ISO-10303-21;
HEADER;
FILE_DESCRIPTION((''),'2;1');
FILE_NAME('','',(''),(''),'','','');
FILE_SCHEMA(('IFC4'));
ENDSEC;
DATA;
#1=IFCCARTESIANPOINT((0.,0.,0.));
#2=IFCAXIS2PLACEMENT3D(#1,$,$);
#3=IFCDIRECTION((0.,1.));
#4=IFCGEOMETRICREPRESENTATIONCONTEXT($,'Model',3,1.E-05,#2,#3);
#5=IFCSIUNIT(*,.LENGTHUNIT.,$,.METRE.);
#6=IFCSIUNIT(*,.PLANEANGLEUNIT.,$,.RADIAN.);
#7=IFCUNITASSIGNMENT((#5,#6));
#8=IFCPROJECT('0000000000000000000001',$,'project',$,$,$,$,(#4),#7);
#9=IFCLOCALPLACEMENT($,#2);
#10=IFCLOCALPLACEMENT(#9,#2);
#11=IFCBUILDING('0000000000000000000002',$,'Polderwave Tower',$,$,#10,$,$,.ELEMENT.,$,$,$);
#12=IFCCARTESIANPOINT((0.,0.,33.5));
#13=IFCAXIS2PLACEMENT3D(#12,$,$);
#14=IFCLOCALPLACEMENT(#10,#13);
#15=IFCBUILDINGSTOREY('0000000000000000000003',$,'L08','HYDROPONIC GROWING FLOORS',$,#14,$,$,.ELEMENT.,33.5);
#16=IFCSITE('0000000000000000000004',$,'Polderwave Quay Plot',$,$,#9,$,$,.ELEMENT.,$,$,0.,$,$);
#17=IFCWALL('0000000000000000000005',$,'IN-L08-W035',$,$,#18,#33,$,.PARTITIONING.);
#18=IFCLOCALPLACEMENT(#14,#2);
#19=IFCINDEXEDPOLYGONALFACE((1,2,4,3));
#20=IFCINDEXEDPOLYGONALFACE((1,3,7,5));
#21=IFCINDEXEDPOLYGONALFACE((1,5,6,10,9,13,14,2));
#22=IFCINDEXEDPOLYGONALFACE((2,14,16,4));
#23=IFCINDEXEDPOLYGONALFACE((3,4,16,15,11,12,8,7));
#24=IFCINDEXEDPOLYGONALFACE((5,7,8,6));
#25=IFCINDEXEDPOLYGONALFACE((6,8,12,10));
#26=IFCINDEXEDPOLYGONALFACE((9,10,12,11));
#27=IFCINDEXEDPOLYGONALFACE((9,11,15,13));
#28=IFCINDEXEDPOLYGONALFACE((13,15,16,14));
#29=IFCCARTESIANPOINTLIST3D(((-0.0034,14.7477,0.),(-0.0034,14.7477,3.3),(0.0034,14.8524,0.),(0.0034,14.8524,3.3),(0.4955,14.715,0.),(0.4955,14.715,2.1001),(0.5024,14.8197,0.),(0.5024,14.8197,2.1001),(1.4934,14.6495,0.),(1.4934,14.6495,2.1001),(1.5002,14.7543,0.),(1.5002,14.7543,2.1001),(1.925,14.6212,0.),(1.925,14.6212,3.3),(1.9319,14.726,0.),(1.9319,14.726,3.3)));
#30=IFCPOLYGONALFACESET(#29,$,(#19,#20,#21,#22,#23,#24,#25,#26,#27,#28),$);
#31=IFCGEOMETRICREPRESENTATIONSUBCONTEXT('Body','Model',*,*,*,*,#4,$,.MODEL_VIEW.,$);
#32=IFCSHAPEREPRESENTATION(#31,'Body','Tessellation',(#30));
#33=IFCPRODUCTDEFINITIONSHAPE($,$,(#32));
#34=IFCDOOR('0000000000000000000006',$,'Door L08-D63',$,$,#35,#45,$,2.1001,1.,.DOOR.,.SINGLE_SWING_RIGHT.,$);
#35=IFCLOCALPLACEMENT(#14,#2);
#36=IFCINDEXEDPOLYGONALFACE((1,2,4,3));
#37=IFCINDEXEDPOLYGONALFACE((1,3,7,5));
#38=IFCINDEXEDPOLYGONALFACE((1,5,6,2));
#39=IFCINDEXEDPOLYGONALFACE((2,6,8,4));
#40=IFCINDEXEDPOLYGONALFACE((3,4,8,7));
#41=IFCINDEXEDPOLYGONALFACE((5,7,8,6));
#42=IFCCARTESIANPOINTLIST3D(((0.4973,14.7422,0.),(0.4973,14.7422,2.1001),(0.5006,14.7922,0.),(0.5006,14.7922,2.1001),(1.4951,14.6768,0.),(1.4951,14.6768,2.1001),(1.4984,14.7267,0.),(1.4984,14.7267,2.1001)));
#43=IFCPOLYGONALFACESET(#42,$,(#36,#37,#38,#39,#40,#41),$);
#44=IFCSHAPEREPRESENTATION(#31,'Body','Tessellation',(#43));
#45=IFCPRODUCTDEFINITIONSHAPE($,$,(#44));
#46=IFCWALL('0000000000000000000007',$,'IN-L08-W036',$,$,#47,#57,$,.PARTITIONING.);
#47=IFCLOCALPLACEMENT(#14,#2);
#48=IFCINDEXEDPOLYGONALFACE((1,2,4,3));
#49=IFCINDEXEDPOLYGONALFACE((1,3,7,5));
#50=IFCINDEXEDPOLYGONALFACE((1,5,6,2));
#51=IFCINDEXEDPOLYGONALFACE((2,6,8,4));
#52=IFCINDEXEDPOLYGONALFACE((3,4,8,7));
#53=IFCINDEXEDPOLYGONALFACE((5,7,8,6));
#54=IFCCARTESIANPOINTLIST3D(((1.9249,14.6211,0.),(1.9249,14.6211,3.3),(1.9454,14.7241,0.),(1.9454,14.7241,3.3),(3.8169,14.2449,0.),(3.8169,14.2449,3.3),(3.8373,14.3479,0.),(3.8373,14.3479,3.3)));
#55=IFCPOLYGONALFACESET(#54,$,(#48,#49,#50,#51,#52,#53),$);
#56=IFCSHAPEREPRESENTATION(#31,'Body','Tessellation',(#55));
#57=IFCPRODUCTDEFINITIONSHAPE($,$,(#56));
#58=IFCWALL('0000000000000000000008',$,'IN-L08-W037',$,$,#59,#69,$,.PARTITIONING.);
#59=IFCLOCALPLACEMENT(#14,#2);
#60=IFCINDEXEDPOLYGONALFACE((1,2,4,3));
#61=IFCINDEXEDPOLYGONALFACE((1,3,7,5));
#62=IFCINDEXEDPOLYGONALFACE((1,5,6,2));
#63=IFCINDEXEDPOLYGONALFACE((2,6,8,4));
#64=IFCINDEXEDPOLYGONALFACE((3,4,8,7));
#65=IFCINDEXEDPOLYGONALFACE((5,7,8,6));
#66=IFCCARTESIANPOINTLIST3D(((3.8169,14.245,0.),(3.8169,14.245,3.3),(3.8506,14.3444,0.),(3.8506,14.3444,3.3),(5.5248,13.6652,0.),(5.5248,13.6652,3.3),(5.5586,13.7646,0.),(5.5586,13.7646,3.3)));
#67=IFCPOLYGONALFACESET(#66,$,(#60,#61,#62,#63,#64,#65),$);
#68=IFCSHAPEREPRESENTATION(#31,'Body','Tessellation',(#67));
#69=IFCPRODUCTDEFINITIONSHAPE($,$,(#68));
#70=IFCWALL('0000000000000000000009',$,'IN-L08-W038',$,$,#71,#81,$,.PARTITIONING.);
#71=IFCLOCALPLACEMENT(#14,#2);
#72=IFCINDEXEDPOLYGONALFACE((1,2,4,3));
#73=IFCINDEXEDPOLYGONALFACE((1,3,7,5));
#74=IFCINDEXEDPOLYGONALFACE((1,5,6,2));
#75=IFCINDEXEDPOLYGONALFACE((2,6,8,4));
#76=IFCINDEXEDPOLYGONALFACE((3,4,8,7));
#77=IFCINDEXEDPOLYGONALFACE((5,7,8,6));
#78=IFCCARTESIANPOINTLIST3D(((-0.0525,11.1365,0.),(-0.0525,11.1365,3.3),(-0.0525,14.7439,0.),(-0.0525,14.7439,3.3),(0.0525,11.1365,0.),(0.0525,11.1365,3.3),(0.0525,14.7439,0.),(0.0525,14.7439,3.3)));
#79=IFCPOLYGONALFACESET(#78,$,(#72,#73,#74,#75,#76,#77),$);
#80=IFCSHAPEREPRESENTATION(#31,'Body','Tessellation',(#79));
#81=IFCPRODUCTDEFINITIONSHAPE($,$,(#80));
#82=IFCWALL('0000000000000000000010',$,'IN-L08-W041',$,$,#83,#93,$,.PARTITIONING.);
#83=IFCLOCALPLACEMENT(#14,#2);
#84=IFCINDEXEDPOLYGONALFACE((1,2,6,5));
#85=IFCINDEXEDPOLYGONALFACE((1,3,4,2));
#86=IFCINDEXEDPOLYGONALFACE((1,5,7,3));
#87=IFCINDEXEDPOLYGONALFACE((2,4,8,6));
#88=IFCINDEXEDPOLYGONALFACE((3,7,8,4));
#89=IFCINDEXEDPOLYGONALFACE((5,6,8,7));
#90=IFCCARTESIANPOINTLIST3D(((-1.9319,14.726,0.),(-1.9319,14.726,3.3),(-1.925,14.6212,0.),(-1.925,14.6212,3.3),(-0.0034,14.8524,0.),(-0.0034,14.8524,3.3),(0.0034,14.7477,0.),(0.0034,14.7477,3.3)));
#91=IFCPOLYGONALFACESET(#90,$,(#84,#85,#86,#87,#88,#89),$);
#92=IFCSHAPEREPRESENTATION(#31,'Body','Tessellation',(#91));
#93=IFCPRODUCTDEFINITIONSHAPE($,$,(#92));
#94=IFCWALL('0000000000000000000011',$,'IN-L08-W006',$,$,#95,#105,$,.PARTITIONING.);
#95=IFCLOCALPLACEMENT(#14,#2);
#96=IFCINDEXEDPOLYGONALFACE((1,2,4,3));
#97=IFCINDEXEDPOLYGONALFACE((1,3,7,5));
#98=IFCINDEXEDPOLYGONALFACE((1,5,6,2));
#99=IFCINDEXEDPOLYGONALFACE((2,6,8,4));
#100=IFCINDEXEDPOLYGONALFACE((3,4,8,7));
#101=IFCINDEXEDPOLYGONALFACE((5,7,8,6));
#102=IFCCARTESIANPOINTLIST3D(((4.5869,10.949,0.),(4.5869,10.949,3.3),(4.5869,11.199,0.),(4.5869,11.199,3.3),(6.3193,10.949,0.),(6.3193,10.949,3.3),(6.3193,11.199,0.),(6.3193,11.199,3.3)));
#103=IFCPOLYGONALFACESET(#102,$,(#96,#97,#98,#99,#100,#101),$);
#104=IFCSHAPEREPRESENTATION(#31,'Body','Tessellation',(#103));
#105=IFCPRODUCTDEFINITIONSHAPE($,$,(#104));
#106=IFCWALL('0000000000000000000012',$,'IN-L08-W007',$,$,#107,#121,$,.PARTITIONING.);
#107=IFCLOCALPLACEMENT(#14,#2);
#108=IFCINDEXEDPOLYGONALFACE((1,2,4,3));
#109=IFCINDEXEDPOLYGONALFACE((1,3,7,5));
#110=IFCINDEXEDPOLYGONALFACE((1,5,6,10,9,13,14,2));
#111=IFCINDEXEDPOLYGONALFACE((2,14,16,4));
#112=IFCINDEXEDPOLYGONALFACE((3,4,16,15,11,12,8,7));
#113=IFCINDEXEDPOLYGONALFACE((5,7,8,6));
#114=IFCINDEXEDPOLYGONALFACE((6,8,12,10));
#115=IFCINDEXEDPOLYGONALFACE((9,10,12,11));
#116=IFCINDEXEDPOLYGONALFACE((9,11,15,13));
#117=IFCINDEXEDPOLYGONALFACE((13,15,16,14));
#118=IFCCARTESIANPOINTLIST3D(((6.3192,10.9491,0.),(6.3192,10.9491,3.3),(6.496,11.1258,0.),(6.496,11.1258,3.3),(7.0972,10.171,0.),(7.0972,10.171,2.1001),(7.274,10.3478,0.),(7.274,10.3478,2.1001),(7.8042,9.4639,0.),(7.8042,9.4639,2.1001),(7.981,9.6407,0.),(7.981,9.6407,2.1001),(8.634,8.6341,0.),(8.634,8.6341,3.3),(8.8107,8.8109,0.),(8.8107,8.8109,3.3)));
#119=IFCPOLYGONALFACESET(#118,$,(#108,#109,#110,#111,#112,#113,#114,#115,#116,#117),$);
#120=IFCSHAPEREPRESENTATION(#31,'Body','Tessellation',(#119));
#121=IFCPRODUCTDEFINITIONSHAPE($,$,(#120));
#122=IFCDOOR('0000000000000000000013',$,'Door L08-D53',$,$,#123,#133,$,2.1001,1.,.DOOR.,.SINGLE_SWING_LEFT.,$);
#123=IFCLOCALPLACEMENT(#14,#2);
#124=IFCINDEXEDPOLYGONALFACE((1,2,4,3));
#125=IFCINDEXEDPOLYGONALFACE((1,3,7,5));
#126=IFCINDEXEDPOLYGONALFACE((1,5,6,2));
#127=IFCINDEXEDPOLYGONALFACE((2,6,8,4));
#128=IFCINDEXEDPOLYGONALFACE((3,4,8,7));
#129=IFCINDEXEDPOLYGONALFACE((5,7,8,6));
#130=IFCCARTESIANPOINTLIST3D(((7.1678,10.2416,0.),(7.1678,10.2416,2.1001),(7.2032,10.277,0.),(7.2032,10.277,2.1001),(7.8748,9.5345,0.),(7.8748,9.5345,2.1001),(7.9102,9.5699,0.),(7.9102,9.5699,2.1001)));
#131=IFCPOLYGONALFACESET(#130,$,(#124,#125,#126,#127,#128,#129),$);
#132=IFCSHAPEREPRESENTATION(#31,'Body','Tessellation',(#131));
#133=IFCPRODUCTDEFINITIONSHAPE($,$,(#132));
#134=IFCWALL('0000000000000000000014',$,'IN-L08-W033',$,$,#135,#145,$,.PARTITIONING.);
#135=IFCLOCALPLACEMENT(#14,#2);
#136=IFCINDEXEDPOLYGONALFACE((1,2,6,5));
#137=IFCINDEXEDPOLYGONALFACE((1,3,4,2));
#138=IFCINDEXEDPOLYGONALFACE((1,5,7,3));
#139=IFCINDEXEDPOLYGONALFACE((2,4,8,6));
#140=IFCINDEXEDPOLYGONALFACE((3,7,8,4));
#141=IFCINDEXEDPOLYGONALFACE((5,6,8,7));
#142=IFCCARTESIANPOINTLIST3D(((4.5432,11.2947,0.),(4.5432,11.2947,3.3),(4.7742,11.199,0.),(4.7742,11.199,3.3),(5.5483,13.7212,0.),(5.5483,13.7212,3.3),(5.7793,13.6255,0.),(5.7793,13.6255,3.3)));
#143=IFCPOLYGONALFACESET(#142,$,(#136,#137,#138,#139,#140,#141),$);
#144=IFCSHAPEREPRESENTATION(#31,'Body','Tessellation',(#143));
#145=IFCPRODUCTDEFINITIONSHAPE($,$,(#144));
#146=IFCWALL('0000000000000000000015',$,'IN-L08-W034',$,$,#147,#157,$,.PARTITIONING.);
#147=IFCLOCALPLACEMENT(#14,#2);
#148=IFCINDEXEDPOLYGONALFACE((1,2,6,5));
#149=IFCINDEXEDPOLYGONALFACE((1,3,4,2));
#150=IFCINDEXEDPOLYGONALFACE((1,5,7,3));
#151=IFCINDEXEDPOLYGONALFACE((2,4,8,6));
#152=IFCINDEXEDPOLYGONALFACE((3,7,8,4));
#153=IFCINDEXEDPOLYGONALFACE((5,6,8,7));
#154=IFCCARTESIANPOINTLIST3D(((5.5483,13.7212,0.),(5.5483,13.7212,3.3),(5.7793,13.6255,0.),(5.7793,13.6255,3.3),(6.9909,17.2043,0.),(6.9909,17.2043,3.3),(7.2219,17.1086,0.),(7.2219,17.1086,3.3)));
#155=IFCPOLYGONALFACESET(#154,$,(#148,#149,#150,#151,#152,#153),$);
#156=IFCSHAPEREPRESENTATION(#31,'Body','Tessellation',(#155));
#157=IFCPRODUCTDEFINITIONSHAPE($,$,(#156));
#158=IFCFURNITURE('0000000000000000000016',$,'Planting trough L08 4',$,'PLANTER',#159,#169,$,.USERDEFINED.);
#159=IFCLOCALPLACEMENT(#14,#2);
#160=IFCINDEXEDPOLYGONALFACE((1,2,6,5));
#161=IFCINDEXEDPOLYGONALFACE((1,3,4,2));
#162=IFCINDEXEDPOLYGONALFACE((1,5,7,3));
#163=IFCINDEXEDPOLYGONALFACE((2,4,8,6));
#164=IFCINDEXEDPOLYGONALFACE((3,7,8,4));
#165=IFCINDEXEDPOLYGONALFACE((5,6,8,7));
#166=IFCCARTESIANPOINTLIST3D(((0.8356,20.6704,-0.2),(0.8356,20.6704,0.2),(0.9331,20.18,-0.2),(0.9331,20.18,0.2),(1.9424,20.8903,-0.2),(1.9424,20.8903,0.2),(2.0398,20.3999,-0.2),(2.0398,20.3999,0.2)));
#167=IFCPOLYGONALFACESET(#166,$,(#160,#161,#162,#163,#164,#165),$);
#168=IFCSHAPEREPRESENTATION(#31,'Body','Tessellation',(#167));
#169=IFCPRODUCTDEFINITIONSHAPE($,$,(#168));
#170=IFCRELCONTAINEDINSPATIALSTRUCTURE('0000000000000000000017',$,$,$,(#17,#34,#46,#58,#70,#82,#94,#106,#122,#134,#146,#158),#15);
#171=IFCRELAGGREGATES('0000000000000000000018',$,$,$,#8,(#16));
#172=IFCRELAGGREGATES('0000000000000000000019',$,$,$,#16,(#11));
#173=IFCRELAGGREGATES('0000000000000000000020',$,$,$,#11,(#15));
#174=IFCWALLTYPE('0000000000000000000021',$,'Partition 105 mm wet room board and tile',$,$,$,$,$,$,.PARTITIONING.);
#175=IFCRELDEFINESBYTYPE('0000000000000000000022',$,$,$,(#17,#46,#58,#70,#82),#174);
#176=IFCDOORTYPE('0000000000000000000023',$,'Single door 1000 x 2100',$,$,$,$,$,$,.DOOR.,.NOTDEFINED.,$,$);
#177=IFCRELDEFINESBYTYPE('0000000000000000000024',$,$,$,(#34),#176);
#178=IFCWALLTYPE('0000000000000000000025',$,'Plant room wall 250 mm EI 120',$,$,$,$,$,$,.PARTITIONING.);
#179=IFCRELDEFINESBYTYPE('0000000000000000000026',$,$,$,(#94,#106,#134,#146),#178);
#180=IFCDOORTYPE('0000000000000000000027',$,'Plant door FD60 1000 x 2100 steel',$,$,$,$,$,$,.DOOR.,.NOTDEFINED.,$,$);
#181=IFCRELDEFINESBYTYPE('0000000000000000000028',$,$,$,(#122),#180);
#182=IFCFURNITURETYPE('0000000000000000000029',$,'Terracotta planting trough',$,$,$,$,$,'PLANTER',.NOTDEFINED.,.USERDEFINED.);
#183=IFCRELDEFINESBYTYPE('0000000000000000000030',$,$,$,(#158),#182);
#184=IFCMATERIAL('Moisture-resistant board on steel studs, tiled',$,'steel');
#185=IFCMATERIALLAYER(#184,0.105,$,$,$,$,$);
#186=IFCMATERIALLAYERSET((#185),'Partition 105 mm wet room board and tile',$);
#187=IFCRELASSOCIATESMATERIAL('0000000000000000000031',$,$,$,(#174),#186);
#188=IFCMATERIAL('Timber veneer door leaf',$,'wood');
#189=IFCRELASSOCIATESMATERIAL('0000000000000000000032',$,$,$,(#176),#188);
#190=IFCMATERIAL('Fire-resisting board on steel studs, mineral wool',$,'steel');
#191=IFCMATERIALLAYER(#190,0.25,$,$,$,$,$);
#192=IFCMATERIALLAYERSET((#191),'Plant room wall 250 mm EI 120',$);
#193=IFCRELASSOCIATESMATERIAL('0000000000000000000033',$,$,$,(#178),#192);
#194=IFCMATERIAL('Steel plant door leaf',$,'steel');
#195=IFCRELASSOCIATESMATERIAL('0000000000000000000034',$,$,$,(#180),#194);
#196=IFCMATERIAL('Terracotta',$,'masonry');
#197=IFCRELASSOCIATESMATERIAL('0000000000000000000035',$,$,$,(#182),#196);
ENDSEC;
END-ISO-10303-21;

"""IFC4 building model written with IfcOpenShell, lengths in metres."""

from ifc_helpers import new_model, si_unit, direction, frame, frame_2d, origin, origin_2d, place, context, subcontext, project, spatial, rectangle, extrude, material, layer, layer_set, type_object, element, fill, save


model = new_model("IFC4")

# Units and contexts
model_context = context("Model", 3, precision=1e-05, world=origin(), true_north=direction((0.0, 1.0)))
body_context = subcontext(model_context, "Body", "Model", "MODEL_VIEW")
ifc_project = project(units=[si_unit("LENGTHUNIT", "METRE"), si_unit("PLANEANGLEUNIT", "RADIAN")], contexts=[model_context])

# Site, building, storey
site_placement = place(None, origin())
site = spatial("IfcSite", under=ifc_project, at=site_placement, Name="Polderwave Quay Plot", CompositionType="ELEMENT", RefElevation=0.0)
building_placement = place(site_placement, origin())
building = spatial("IfcBuilding", under=site, at=building_placement, Name="Polderwave Tower", CompositionType="ELEMENT")
storey_placement = place(building_placement, frame((0.0, 0.0, 33.5)))
storey = spatial("IfcBuildingStorey", under=building, at=storey_placement, Name="L08", Description="HYDROPONIC GROWING FLOORS", CompositionType="ELEMENT", Elevation=33.5)

# Wall, opening, door
ifc_material_1 = material(Name="Moisture-resistant board on steel studs, tiled", Category="steel")
ifc_layer_1 = layer(ifc_material_1, 0.105)
ifc_layer_set_1 = layer_set([ifc_layer_1], Name="Partition 105 mm wet room board and tile")
wall_type_1 = type_object("IfcWallType", Name="Partition 105 mm wet room board and tile", PredefinedType="PARTITIONING", material=ifc_layer_set_1)
wall_1_placement = place(storey_placement, frame((0.0, 14.8, 0.0), z_axis=(0.0, 0.0, 1.0), x_axis=(0.997857, -0.065437, 0.0)))
wall_1 = element("IfcWall", 1, at=wall_1_placement, inside=storey, type_object=wall_type_1, Name="IN-L08-W035", PredefinedType="PARTITIONING", context=body_context, shape_type="SweptSolid", body=[
    extrude(rectangle(XDim=1.9326, YDim=0.105, at=frame_2d((0.9663, 0.0))), origin(), (0.0, 0.0, 1.0), 3.3),
])
opening_1_placement = place(wall_1_placement, frame((0.5, 0.0, 0.0)))
opening_1 = element("IfcOpeningElement", 2, at=opening_1_placement, cuts=wall_1, PredefinedType="OPENING", context=body_context, shape_type="SweptSolid", body=[
    extrude(rectangle(XDim=1.0, YDim=2.1001, at=frame_2d((0.5, 1.05))), frame((0.0, 0.0625, 0.0), z_axis=(0.0, -1.0, 0.0), x_axis=(1.0, 0.0, 0.0)), (0.0, 0.0, 1.0), 0.125),
])
ifc_material_2 = material(Name="Timber veneer door leaf", Category="wood")
door_type_1 = type_object("IfcDoorType", Name="Single door 1000 x 2100", OperationType="NOTDEFINED", PredefinedType="DOOR", material=ifc_material_2)
door_1_placement = place(opening_1_placement, origin())
door_1 = element("IfcDoor", 3, at=door_1_placement, inside=storey, type_object=door_type_1, Name="Door L08-D63", OperationType="SINGLE_SWING_RIGHT", OverallHeight=2.1001, OverallWidth=1.0, PredefinedType="DOOR", context=body_context, shape_type="SweptSolid", body=[
    extrude(rectangle(XDim=1.0, YDim=2.1001, at=frame_2d((0.5, 1.05))), frame((0.0, 0.0249, 0.0), z_axis=(0.0, -1.0, 0.0), x_axis=(1.0, 0.0, 0.0)), (0.0, 0.0, 1.0), 0.05),
])
fill(opening_1, door_1)

# Walls
wall_2_placement = place(storey_placement, frame((1.9353, 14.6726, 0.0), z_axis=(0.0, 0.0, 1.0), x_axis=(0.980794, -0.195045, 0.0)))
element("IfcWall", 4, at=wall_2_placement, inside=storey, type_object=wall_type_1, Name="IN-L08-W036", PredefinedType="PARTITIONING", context=body_context, shape_type="SweptSolid", body=[
    extrude(rectangle(XDim=1.929, YDim=0.105, at=frame_2d((0.9644, 0.0))), origin(), (0.0, 0.0, 1.0), 3.3),
])
wall_3_placement = place(storey_placement, frame((3.8337, 14.2947, 0.0), z_axis=(0.0, 0.0, 1.0), x_axis=(0.946923, -0.321461, 0.0)))
element("IfcWall", 5, at=wall_3_placement, inside=storey, type_object=wall_type_1, Name="IN-L08-W037", PredefinedType="PARTITIONING", context=body_context, shape_type="SweptSolid", body=[
    extrude(rectangle(XDim=1.8037, YDim=0.105, at=frame_2d((0.9019, 0.0))), origin(), (0.0, 0.0, 1.0), 3.3),
])
wall_4_placement = place(storey_placement, frame((0.0, 11.1365, 0.0), z_axis=(0.0, 0.0, 1.0), x_axis=(0.0, 1.0, 0.0)))
element("IfcWall", 6, at=wall_4_placement, inside=storey, type_object=wall_type_1, Name="IN-L08-W038", PredefinedType="PARTITIONING", context=body_context, shape_type="SweptSolid", body=[
    extrude(rectangle(XDim=3.6074, YDim=0.105, at=frame_2d((1.8037, 0.0))), origin(), (0.0, 0.0, 1.0), 3.3),
])
wall_5_placement = place(storey_placement, frame((0.0, 14.8, 0.0), z_axis=(0.0, 0.0, 1.0), x_axis=(-0.997857, -0.065437, 0.0)))
element("IfcWall", 7, at=wall_5_placement, inside=storey, type_object=wall_type_1, Name="IN-L08-W041", PredefinedType="PARTITIONING", context=body_context, shape_type="SweptSolid", body=[
    extrude(rectangle(XDim=1.9326, YDim=0.105, at=frame_2d((0.9663, 0.0))), origin(), (0.0, 0.0, 1.0), 3.3),
])
ifc_material_3 = material(Name="Fire-resisting board on steel studs, mineral wool", Category="steel")
ifc_layer_2 = layer(ifc_material_3, 0.25)
ifc_layer_set_2 = layer_set([ifc_layer_2], Name="Plant room wall 250 mm EI 120")
wall_type_2 = type_object("IfcWallType", Name="Plant room wall 250 mm EI 120", PredefinedType="PARTITIONING", material=ifc_layer_set_2)
wall_6_placement = place(storey_placement, frame((4.5869, 11.074, 0.0), z_axis=(0.0, 0.0, 1.0), x_axis=(1.0, 0.0, 0.0)))
element("IfcWall", 8, at=wall_6_placement, inside=storey, type_object=wall_type_2, Name="IN-L08-W006", PredefinedType="PARTITIONING", context=body_context, shape_type="SweptSolid", body=[
    extrude(rectangle(XDim=1.7324, YDim=0.25, at=frame_2d((0.8662, 0.0))), origin(), (0.0, 0.0, 1.0), 3.3),
])

# Wall, opening, door
wall_7_placement = place(storey_placement, frame((6.4077, 11.0374, 0.0), z_axis=(0.0, 0.0, 1.0), x_axis=(0.707069, -0.707144, 0.0)))
wall_7 = element("IfcWall", 9, at=wall_7_placement, inside=storey, type_object=wall_type_2, Name="IN-L08-W007", PredefinedType="PARTITIONING", context=body_context, shape_type="SweptSolid", body=[
    extrude(rectangle(XDim=3.2737, YDim=0.25, at=frame_2d((1.6367, 0.0))), origin(), (0.0, 0.0, 1.0), 3.3),
])
opening_2_placement = place(wall_7_placement, frame((1.1001, 0.0, 0.0)))
opening_2 = element("IfcOpeningElement", 10, at=opening_2_placement, cuts=wall_7, PredefinedType="OPENING", context=body_context, shape_type="SweptSolid", body=[
    extrude(rectangle(XDim=1.0, YDim=2.1001, at=frame_2d((0.5, 1.05))), frame((0.0, 0.135, 0.0), z_axis=(0.0, -1.0, 0.0), x_axis=(1.0, 0.0, 0.0)), (0.0, 0.0, 1.0), 0.27),
])
ifc_material_4 = material(Name="Steel plant door leaf", Category="steel")
door_type_2 = type_object("IfcDoorType", Name="Plant door FD60 1000 x 2100 steel", OperationType="NOTDEFINED", PredefinedType="DOOR", material=ifc_material_4)
door_2_placement = place(opening_2_placement, origin())
door_2 = element("IfcDoor", 11, at=door_2_placement, inside=storey, type_object=door_type_2, Name="Door L08-D53", OperationType="SINGLE_SWING_LEFT", OverallHeight=2.1001, OverallWidth=1.0, PredefinedType="DOOR", context=body_context, shape_type="SweptSolid", body=[
    extrude(rectangle(XDim=1.0, YDim=2.1001, at=frame_2d((0.5, 1.05))), frame((0.0, 0.0249, 0.0), z_axis=(0.0, -1.0, 0.0), x_axis=(1.0, 0.0, 0.0)), (0.0, 0.0, 1.0), 0.05),
])
fill(opening_2, door_2)

# Walls
wall_8_placement = place(storey_placement, frame((4.6587, 11.2468, 0.0), z_axis=(0.0, 0.0, 1.0), x_axis=(0.382694, 0.923875, 0.0)))
element("IfcWall", 12, at=wall_8_placement, inside=storey, type_object=wall_type_2, Name="IN-L08-W033", PredefinedType="PARTITIONING", context=body_context, shape_type="SweptSolid", body=[
    extrude(rectangle(XDim=2.6265, YDim=0.25, at=frame_2d((1.3132, 0.0))), origin(), (0.0, 0.0, 1.0), 3.3),
])
wall_9_placement = place(storey_placement, frame((5.6638, 13.6733, 0.0), z_axis=(0.0, 0.0, 1.0), x_axis=(0.382651, 0.923893, 0.0)))
element("IfcWall", 13, at=wall_9_placement, inside=storey, type_object=wall_type_2, Name="IN-L08-W034", PredefinedType="PARTITIONING", context=body_context, shape_type="SweptSolid", body=[
    extrude(rectangle(XDim=3.77, YDim=0.25, at=frame_2d((1.885, 0.0))), origin(), (0.0, 0.0, 1.0), 3.3),
])

# Furniture
ifc_material_5 = material(Name="Terracotta", Category="masonry")
furniture_type = type_object("IfcFurnitureType", Name="Terracotta planting trough", ElementType="PLANTER", AssemblyPlace="NOTDEFINED", PredefinedType="USERDEFINED", material=ifc_material_5)
furniture_placement = place(storey_placement, frame((1.4377, 20.5352, -0.2), z_axis=(0.0, 0.0, 1.0), x_axis=(-0.980839, -0.194822, 0.0)))
element("IfcFurniture", 14, at=furniture_placement, inside=storey, type_object=furniture_type, Name="Planting trough L08 4", ObjectType="PLANTER", PredefinedType="USERDEFINED", context=body_context, shape_type="SweptSolid", body=[
    extrude(rectangle(XDim=1.1284, YDim=0.5, at=origin_2d()), origin(), (0.0, 0.0, 1.0), 0.3999),
])

save(model, "model.ifc")
